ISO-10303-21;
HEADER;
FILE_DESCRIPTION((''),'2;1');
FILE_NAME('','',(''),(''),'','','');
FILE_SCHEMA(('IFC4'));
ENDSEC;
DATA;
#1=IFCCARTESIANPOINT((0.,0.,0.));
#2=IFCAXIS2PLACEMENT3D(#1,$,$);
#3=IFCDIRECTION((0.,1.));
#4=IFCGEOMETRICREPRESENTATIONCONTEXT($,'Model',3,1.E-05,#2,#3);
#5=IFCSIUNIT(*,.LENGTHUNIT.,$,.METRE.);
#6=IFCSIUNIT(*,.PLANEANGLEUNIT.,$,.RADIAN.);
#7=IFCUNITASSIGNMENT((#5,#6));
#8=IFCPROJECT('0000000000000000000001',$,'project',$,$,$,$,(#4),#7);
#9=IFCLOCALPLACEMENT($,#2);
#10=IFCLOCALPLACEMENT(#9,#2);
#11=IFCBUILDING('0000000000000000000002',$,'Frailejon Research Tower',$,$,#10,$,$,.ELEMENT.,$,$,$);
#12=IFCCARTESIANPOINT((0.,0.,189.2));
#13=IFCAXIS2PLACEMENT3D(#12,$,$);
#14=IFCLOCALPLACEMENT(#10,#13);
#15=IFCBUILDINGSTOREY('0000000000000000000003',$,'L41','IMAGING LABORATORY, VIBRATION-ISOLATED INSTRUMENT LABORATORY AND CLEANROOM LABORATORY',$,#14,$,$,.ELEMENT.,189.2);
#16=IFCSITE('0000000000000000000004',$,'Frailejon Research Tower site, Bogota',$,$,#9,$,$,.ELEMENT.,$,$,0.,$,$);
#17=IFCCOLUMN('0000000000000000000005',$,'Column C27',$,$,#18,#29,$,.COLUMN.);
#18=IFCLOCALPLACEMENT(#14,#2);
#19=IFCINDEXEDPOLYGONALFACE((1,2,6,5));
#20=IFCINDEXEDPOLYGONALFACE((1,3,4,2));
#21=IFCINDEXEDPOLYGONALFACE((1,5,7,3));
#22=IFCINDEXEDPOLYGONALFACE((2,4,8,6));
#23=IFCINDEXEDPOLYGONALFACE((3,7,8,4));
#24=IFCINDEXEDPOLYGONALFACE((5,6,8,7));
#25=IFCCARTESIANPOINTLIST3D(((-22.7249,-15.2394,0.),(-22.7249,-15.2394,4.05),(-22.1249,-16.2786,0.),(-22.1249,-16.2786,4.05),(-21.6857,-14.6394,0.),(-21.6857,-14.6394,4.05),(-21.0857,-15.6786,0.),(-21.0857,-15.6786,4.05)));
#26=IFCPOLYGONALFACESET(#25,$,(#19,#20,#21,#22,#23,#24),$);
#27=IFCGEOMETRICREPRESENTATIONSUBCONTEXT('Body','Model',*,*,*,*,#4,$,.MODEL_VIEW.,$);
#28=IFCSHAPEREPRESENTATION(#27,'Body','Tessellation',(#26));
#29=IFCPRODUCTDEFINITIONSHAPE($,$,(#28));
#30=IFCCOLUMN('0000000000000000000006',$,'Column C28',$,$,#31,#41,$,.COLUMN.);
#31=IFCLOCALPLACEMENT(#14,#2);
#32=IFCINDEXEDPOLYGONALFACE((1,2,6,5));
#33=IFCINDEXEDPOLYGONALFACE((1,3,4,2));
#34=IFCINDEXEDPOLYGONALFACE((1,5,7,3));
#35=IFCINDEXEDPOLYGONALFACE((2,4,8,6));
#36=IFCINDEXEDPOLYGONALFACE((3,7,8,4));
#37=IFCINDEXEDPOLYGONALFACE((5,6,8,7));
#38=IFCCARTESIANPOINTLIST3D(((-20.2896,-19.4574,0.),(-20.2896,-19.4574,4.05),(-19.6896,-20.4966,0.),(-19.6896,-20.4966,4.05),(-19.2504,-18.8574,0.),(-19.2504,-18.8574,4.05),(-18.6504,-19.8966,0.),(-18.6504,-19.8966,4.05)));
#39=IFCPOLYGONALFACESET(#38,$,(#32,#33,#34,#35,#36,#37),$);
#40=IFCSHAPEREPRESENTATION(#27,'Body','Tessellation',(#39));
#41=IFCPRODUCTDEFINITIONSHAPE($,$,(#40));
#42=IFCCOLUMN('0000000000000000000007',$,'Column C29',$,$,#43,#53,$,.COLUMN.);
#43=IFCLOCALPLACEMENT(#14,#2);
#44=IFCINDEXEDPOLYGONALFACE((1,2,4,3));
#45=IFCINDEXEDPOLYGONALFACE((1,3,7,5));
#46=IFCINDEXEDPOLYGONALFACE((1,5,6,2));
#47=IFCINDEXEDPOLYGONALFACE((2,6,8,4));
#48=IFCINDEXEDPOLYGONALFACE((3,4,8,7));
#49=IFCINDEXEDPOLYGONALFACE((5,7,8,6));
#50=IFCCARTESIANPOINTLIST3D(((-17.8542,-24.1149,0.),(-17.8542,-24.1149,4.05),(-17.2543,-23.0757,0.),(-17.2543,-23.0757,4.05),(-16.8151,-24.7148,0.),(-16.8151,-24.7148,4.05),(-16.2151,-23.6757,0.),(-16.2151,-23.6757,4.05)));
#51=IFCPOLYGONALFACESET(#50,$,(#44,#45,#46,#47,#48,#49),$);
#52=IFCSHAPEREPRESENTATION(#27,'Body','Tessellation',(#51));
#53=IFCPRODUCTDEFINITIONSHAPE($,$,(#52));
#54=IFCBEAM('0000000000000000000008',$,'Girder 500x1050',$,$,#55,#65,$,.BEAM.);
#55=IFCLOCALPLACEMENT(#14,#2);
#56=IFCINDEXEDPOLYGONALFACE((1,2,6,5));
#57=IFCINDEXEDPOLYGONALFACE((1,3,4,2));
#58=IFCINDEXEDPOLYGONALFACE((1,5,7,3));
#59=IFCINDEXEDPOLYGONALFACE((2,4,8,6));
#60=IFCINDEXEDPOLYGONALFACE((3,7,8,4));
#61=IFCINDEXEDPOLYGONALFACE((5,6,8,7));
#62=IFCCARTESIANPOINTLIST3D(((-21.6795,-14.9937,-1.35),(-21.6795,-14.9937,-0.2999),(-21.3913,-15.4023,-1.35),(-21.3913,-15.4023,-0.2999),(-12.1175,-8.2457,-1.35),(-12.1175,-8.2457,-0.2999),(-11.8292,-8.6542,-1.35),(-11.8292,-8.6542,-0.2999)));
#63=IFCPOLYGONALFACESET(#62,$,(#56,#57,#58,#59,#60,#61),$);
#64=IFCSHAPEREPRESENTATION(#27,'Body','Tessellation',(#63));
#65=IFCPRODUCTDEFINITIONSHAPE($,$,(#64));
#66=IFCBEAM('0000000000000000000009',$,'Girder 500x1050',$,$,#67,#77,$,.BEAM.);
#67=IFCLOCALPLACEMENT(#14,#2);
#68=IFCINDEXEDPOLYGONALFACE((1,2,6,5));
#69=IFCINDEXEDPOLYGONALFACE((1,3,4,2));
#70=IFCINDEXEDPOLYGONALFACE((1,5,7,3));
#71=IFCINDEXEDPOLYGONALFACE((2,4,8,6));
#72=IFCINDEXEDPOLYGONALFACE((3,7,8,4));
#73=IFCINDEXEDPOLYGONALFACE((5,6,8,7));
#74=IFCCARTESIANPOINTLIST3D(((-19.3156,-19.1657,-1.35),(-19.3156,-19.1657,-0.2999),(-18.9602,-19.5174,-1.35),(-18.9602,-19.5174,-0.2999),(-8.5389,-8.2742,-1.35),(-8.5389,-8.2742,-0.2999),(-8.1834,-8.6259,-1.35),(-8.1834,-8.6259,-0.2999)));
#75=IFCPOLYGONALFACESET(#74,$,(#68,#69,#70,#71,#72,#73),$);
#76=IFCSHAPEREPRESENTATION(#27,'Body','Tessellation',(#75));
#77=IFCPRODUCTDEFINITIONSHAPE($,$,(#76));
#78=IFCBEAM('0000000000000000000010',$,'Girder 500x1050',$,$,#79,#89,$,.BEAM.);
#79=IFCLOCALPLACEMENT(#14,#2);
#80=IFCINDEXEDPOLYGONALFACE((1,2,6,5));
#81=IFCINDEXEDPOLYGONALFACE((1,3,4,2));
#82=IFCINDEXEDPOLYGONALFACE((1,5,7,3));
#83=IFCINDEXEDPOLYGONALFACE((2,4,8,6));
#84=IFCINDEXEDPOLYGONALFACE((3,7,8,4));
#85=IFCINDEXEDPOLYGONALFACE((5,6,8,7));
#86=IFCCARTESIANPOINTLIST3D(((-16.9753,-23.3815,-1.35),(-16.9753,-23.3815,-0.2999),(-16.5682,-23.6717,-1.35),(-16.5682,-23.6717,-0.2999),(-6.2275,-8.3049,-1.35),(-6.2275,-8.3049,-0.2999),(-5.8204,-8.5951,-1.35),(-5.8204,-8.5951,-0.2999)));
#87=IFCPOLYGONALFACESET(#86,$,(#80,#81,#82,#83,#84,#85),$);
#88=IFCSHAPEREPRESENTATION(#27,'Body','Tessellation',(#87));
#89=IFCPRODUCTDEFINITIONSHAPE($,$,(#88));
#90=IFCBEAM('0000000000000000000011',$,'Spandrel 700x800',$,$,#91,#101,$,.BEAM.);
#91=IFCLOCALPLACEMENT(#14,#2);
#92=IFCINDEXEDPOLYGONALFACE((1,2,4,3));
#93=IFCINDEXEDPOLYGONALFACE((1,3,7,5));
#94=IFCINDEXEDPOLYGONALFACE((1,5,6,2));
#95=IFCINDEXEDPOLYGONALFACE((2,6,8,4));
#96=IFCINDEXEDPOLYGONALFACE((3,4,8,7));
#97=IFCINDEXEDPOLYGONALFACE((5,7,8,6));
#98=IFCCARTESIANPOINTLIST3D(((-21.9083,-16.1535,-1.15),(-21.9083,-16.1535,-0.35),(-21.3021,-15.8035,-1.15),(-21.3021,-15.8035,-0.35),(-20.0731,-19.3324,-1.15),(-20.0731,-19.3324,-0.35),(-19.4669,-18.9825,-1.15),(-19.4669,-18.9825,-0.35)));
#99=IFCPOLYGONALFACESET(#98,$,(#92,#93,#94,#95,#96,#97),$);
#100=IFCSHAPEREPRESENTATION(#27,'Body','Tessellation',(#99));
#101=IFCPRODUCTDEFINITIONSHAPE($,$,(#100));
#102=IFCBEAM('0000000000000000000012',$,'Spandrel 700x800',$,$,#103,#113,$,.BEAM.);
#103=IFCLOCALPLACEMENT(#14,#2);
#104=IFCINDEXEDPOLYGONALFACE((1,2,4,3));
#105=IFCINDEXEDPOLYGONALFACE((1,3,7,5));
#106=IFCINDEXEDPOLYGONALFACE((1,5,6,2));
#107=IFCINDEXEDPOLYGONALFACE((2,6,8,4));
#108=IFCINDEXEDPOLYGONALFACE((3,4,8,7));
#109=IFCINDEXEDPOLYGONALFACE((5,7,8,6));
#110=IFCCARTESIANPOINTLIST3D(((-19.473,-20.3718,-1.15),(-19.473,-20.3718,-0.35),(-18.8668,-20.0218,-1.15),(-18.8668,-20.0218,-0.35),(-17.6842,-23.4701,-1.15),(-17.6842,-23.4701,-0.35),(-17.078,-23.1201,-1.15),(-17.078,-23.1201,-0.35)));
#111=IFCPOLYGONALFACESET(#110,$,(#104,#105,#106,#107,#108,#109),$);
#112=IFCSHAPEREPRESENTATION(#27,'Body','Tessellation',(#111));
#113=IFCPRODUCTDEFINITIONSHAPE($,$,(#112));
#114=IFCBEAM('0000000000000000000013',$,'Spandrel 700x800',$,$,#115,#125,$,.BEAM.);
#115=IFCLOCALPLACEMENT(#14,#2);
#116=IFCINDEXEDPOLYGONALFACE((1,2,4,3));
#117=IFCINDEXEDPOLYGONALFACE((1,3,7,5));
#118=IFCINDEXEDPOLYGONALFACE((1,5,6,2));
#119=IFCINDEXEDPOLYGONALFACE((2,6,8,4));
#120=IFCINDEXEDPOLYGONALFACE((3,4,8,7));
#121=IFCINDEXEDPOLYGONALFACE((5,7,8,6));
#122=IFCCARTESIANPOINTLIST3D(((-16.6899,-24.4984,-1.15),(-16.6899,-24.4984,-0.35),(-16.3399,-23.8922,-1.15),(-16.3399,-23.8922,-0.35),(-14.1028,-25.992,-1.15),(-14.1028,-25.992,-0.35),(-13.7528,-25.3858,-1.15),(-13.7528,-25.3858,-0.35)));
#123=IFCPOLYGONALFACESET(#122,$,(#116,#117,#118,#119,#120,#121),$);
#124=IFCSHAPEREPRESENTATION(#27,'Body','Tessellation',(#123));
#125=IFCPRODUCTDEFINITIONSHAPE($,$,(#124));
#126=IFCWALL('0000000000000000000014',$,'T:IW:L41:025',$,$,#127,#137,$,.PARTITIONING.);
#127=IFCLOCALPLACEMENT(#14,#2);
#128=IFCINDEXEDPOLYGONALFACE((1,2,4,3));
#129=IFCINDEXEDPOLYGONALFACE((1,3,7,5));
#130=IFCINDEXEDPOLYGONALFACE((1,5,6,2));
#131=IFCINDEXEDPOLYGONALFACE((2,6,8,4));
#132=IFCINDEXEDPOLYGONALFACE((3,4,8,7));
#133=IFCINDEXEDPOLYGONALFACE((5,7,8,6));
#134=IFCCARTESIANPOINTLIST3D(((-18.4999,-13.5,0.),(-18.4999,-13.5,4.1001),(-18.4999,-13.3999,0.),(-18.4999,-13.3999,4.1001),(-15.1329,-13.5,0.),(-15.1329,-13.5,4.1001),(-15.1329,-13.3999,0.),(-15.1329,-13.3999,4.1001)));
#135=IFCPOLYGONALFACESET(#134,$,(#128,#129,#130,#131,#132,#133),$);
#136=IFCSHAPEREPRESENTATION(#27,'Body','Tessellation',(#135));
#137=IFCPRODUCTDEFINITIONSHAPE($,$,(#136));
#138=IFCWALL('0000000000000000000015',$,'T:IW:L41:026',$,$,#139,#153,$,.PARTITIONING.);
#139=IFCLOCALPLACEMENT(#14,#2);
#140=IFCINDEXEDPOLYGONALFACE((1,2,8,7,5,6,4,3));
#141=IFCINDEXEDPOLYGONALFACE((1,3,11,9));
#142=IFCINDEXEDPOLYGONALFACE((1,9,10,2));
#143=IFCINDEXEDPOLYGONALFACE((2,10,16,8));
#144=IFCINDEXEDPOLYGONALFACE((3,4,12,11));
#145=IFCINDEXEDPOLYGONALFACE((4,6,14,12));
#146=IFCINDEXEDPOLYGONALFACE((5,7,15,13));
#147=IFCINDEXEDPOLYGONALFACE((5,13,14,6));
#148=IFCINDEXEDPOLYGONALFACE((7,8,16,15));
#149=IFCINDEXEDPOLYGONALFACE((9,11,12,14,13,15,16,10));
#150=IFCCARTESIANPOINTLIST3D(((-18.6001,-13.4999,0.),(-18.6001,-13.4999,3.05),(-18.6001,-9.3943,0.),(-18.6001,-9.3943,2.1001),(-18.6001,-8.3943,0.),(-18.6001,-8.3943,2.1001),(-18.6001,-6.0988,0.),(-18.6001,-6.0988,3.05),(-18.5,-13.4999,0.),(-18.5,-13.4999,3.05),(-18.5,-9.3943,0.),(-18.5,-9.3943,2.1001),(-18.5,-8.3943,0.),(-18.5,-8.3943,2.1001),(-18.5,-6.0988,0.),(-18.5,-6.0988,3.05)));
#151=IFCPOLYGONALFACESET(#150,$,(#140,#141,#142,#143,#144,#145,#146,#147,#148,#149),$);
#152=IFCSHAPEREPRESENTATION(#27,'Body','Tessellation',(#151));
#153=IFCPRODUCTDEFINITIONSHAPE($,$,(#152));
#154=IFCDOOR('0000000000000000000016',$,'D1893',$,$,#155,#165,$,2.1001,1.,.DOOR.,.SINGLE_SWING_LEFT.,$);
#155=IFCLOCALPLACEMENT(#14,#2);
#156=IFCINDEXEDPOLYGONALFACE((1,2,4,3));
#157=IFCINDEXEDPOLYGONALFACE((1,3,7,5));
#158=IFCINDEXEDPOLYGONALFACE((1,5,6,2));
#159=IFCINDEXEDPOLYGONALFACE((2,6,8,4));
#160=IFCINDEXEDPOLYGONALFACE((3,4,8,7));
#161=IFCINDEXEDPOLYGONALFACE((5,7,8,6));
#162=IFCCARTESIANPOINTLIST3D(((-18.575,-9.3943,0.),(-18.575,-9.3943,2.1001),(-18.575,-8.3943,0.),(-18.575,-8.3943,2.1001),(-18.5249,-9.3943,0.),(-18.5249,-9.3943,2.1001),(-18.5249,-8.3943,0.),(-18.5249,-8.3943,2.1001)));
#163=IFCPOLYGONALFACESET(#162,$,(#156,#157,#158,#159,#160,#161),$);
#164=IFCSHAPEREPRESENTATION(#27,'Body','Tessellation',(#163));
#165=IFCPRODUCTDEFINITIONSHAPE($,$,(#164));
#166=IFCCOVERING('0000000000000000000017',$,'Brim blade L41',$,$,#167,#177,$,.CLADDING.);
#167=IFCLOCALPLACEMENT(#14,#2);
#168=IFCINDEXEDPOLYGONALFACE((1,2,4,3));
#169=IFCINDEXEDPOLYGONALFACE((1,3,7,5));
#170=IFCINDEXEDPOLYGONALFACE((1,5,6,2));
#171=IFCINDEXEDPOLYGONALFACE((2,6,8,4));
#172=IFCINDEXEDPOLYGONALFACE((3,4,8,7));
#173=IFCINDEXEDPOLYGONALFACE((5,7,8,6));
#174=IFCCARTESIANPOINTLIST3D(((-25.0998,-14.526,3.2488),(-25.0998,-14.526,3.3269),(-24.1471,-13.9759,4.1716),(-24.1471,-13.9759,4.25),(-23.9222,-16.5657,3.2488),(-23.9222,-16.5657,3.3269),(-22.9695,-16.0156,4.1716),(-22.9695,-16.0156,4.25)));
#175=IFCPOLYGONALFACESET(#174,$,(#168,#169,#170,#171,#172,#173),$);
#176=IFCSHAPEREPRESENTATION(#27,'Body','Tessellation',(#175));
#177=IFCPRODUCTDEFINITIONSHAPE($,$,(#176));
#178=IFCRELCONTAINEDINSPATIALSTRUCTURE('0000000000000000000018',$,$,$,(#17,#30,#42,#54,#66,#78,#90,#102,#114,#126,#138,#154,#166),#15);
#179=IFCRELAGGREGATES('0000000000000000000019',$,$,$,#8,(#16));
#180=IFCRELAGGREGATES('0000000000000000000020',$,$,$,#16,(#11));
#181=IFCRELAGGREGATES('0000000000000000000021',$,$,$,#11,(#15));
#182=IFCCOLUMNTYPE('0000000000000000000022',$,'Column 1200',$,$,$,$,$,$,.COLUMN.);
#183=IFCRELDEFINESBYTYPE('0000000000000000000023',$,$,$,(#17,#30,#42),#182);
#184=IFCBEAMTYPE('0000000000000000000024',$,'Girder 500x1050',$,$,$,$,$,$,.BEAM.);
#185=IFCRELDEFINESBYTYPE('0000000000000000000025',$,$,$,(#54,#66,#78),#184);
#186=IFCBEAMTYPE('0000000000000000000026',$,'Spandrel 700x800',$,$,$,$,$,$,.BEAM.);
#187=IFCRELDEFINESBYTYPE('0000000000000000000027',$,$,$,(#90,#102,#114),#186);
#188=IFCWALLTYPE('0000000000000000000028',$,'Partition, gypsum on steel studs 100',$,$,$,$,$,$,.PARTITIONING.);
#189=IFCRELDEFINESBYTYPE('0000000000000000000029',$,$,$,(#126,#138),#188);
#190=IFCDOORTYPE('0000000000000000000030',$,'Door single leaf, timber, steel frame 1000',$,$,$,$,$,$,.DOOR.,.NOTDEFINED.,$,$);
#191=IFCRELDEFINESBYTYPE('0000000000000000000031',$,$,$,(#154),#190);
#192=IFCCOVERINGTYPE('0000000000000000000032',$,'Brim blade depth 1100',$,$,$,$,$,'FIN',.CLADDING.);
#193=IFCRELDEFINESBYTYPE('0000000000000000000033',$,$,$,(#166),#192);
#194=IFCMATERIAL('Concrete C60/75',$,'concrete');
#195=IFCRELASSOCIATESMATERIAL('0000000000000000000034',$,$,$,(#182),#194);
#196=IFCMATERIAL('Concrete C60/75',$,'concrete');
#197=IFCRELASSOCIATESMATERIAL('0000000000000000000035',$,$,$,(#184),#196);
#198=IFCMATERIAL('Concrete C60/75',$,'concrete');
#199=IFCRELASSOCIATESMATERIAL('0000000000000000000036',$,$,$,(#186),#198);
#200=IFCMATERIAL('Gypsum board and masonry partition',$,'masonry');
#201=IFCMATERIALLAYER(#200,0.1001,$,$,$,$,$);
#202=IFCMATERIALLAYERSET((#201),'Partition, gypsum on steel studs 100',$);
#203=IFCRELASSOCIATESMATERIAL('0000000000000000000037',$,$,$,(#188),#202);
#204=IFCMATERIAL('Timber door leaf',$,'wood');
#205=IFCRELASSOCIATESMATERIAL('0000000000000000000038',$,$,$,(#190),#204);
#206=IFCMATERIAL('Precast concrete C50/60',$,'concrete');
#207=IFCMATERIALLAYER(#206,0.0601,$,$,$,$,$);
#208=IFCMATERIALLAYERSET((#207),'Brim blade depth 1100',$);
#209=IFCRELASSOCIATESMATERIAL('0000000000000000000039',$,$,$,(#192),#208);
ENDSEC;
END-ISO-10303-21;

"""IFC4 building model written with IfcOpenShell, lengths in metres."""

from ifc_helpers import new_model, si_unit, direction, frame, frame_2d, origin, origin_2d, place, context, subcontext, project, spatial, polyline, rectangle, outline, extrude, material, layer, layer_set, material_profile, profile_set, type_object, element, fill, save


model = new_model("IFC4")

# Units and contexts
model_context = context("Model", 3, precision=1e-05, world=origin(), true_north=direction((0.0, 1.0)))
body_context = subcontext(model_context, "Body", "Model", "MODEL_VIEW")
ifc_project = project(units=[si_unit("LENGTHUNIT", "METRE"), si_unit("PLANEANGLEUNIT", "RADIAN")], contexts=[model_context])

# Site, building, storey
site_placement = place(None, origin())
site = spatial("IfcSite", under=ifc_project, at=site_placement, Name="Frailejon Research Tower site, Bogota", CompositionType="ELEMENT", RefElevation=0.0)
building_placement = place(site_placement, origin())
building = spatial("IfcBuilding", under=site, at=building_placement, Name="Frailejon Research Tower", CompositionType="ELEMENT")
storey_placement = place(building_placement, frame((0.0, 0.0, 189.2)))
storey = spatial("IfcBuildingStorey", under=building, at=storey_placement, Name="L41", Description="IMAGING LABORATORY, VIBRATION-ISOLATED INSTRUMENT LABORATORY AND CLEANROOM LABORATORY", CompositionType="ELEMENT", Elevation=189.2)

# Columns
ifc_material_1 = material(Name="Concrete C60/75", Category="concrete")
ifc_material_profile_1 = material_profile(ifc_material_1, rectangle(XDim=1.2, YDim=1.2, at=origin_2d()), Name="Column 1200")
ifc_profile_set_1 = profile_set([ifc_material_profile_1], Name="Concrete C60/75")
column_type = type_object("IfcColumnType", Name="Column 1200", PredefinedType="COLUMN", material=ifc_profile_set_1)
for number, where, z_axis, x_axis, name in (
    (1, (-21.9053, -15.459, 0.0), (0.0, 0.0, 1.0), (0.5, -0.866025, 0.0), "Column C27"),
    (2, (-19.47, -19.677, 0.0), (0.0, 0.0, 1.0), (0.5, -0.866025, 0.0), "Column C28"),
    (3, (-17.0347, -23.8953, 0.0), (0.0, 0.0, 1.0), (0.866025, -0.5, 0.0), "Column C29"),
):
    element("IfcColumn", number, at=place(storey_placement, frame(where, z_axis=z_axis, x_axis=x_axis)), inside=storey, type_object=column_type, Name=name, PredefinedType="COLUMN", context=body_context, shape_type="SweptSolid", body=[
        extrude(rectangle(XDim=1.2, YDim=1.2, at=origin_2d()), origin(), (0.0, 0.0, 1.0), 4.05),
    ])

# Beams
ifc_material_2 = material(Name="Concrete C60/75", Category="concrete")
ifc_material_profile_2 = material_profile(ifc_material_2, rectangle(XDim=0.5, YDim=1.05, at=origin_2d()), Name="Girder 500x1050")
ifc_profile_set_2 = profile_set([ifc_material_profile_2], Name="Concrete C60/75")
beam_type_1 = type_object("IfcBeamType", Name="Girder 500x1050", PredefinedType="BEAM", material=ifc_profile_set_2)
beam_1_placement = place(storey_placement, frame((-21.5354, -15.198, -0.825), z_axis=(0.817033, 0.576591, 0.0), x_axis=(-0.576591, 0.817033, 0.0)))
element("IfcBeam", 4, at=beam_1_placement, inside=storey, type_object=beam_type_1, Name="Girder 500x1050", PredefinedType="BEAM", context=body_context, shape_type="SweptSolid", body=[
    extrude(rectangle(XDim=0.5, YDim=1.05, at=origin_2d()), origin(), (0.0, 0.0, 1.0), 11.7034),
])
beam_2_placement = place(storey_placement, frame((-19.1379, -19.3416, -0.825), z_axis=(0.703352, 0.710841, 0.0), x_axis=(-0.710841, 0.703352, 0.0)))
element("IfcBeam", 5, at=beam_2_placement, inside=storey, type_object=beam_type_1, Name="Girder 500x1050", PredefinedType="BEAM", context=body_context, shape_type="SweptSolid", body=[
    extrude(rectangle(XDim=0.5, YDim=1.05, at=origin_2d()), origin(), (0.0, 0.0, 1.0), 15.322),
])
beam_3_placement = place(storey_placement, frame((-16.7717, -23.5266, -0.825), z_axis=(0.580478, 0.814276, 0.0), x_axis=(-0.814276, 0.580478, 0.0)))
element("IfcBeam", 6, at=beam_3_placement, inside=storey, type_object=beam_type_1, Name="Girder 500x1050", PredefinedType="BEAM", context=body_context, shape_type="SweptSolid", body=[
    extrude(rectangle(XDim=0.5, YDim=1.05, at=origin_2d()), origin(), (0.0, 0.0, 1.0), 18.5154),
])
ifc_material_3 = material(Name="Concrete C60/75", Category="concrete")
ifc_material_profile_3 = material_profile(ifc_material_3, rectangle(XDim=0.7, YDim=0.8, at=origin_2d()), Name="Spandrel 700x800")
ifc_profile_set_3 = profile_set([ifc_material_profile_3], Name="Concrete C60/75")
beam_type_2 = type_object("IfcBeamType", Name="Spandrel 700x800", PredefinedType="BEAM", material=ifc_profile_set_3)
beam_4_placement = place(storey_placement, frame((-21.6052, -15.9785, -0.75), z_axis=(0.499966, -0.866045, 0.0), x_axis=(0.866045, 0.499966, 0.0)))
element("IfcBeam", 7, at=beam_4_placement, inside=storey, type_object=beam_type_2, Name="Spandrel 700x800", PredefinedType="BEAM", context=body_context, shape_type="SweptSolid", body=[
    extrude(rectangle(XDim=0.7, YDim=0.8, at=origin_2d()), origin(), (0.0, 0.0, 1.0), 3.6707),
])
beam_5_placement = place(storey_placement, frame((-19.1699, -20.1968, -0.75), z_axis=(0.499992, -0.86603, 0.0), x_axis=(0.86603, 0.499992, 0.0)))
element("IfcBeam", 8, at=beam_5_placement, inside=storey, type_object=beam_type_2, Name="Spandrel 700x800", PredefinedType="BEAM", context=body_context, shape_type="SweptSolid", body=[
    extrude(rectangle(XDim=0.7, YDim=0.8, at=origin_2d()), origin(), (0.0, 0.0, 1.0), 3.5776),
])
beam_6_placement = place(storey_placement, frame((-16.5149, -24.1953, -0.75), z_axis=(0.866032, -0.499989, 0.0), x_axis=(0.499989, 0.866032, 0.0)))
element("IfcBeam", 9, at=beam_6_placement, inside=storey, type_object=beam_type_2, Name="Spandrel 700x800", PredefinedType="BEAM", context=body_context, shape_type="SweptSolid", body=[
    extrude(rectangle(XDim=0.7, YDim=0.8, at=origin_2d()), origin(), (0.0, 0.0, 1.0), 2.9873),
])

# Wall
ifc_material_4 = material(Name="Gypsum board and masonry partition", Category="masonry")
ifc_layer_1 = layer(ifc_material_4, 0.1001)
ifc_layer_set_1 = layer_set([ifc_layer_1], Name="Partition, gypsum on steel studs 100")
wall_type = type_object("IfcWallType", Name="Partition, gypsum on steel studs 100", PredefinedType="PARTITIONING", material=ifc_layer_set_1)
wall_1_placement = place(storey_placement, frame((-18.5, -13.45, 0.0), z_axis=(0.0, 0.0, 1.0), x_axis=(1.0, 0.0, 0.0)))
element("IfcWall", 10, at=wall_1_placement, inside=storey, type_object=wall_type, Name="T:IW:L41:025", PredefinedType="PARTITIONING", context=body_context, shape_type="SweptSolid", body=[
    extrude(rectangle(XDim=3.3669, YDim=0.1001, at=frame_2d((1.6836, 0.0))), origin(), (0.0, 0.0, 1.0), 4.1001),
])

# Wall, opening, door
wall_2_placement = place(storey_placement, frame((-18.55, -13.5, 0.0), z_axis=(0.0, 0.0, 1.0), x_axis=(0.0, 1.0, 0.0)))
wall_2 = element("IfcWall", 11, at=wall_2_placement, inside=storey, type_object=wall_type, Name="T:IW:L41:026", PredefinedType="PARTITIONING", context=body_context, shape_type="SweptSolid", body=[
    extrude(rectangle(XDim=7.4011, YDim=0.1001, at=frame_2d((3.7007, 0.0))), origin(), (0.0, 0.0, 1.0), 3.05),
])
opening_placement = place(wall_2_placement, frame((4.1057, 0.0, 0.0)))
opening = element("IfcOpeningElement", 12, at=opening_placement, cuts=wall_2, PredefinedType="OPENING", context=body_context, shape_type="SweptSolid", body=[
    extrude(rectangle(XDim=1.0, YDim=2.1001, at=frame_2d((0.5, 1.05))), frame((0.0, 0.0601, 0.0), z_axis=(0.0, -1.0, 0.0), x_axis=(1.0, 0.0, 0.0)), (0.0, 0.0, 1.0), 0.1201),
])
ifc_material_5 = material(Name="Timber door leaf", Category="wood")
door_type = type_object("IfcDoorType", Name="Door single leaf, timber, steel frame 1000", OperationType="NOTDEFINED", PredefinedType="DOOR", material=ifc_material_5)
door_placement = place(opening_placement, origin())
door = element("IfcDoor", 13, at=door_placement, inside=storey, type_object=door_type, Name="D1893", OperationType="SINGLE_SWING_LEFT", OverallHeight=2.1001, OverallWidth=1.0, PredefinedType="DOOR", context=body_context, shape_type="SweptSolid", body=[
    extrude(rectangle(XDim=1.0, YDim=2.1001, at=frame_2d((0.5, 1.05))), frame((0.0, 0.0249, 0.0), z_axis=(0.0, -1.0, 0.0), x_axis=(1.0, 0.0, 0.0)), (0.0, 0.0, 1.0), 0.05),
])
fill(opening, door)

# Covering
ifc_material_6 = material(Name="Precast concrete C50/60", Category="concrete")
ifc_layer_2 = layer(ifc_material_6, 0.0601)
ifc_layer_set_2 = layer_set([ifc_layer_2], Name="Brim blade depth 1100")
covering_type_1 = type_object("IfcCoveringType", Name="Brim blade depth 1100", ElementType="FIN", PredefinedType="CLADDING", material=ifc_layer_set_2)
covering_placement = place(storey_placement, frame((-22.9695, -16.0156, 4.25), z_axis=(-0.500006, 0.866022, 0.0), x_axis=(-0.866022, -0.500006, 0.0)))
element("IfcCovering", 14, at=covering_placement, inside=storey, type_object=covering_type_1, Name="Brim blade L41", PredefinedType="CLADDING", context=body_context, shape_type="SweptSolid", body=[
    extrude(outline(polyline([(0.0, -0.0784), (1.1001, -1.0012), (1.1001, -0.9231), (0.0, 0.0), (0.0, -0.0784)])), origin(), (0.0, 0.0, 1.0), 2.3552),
])

save(model, "model.ifc")
